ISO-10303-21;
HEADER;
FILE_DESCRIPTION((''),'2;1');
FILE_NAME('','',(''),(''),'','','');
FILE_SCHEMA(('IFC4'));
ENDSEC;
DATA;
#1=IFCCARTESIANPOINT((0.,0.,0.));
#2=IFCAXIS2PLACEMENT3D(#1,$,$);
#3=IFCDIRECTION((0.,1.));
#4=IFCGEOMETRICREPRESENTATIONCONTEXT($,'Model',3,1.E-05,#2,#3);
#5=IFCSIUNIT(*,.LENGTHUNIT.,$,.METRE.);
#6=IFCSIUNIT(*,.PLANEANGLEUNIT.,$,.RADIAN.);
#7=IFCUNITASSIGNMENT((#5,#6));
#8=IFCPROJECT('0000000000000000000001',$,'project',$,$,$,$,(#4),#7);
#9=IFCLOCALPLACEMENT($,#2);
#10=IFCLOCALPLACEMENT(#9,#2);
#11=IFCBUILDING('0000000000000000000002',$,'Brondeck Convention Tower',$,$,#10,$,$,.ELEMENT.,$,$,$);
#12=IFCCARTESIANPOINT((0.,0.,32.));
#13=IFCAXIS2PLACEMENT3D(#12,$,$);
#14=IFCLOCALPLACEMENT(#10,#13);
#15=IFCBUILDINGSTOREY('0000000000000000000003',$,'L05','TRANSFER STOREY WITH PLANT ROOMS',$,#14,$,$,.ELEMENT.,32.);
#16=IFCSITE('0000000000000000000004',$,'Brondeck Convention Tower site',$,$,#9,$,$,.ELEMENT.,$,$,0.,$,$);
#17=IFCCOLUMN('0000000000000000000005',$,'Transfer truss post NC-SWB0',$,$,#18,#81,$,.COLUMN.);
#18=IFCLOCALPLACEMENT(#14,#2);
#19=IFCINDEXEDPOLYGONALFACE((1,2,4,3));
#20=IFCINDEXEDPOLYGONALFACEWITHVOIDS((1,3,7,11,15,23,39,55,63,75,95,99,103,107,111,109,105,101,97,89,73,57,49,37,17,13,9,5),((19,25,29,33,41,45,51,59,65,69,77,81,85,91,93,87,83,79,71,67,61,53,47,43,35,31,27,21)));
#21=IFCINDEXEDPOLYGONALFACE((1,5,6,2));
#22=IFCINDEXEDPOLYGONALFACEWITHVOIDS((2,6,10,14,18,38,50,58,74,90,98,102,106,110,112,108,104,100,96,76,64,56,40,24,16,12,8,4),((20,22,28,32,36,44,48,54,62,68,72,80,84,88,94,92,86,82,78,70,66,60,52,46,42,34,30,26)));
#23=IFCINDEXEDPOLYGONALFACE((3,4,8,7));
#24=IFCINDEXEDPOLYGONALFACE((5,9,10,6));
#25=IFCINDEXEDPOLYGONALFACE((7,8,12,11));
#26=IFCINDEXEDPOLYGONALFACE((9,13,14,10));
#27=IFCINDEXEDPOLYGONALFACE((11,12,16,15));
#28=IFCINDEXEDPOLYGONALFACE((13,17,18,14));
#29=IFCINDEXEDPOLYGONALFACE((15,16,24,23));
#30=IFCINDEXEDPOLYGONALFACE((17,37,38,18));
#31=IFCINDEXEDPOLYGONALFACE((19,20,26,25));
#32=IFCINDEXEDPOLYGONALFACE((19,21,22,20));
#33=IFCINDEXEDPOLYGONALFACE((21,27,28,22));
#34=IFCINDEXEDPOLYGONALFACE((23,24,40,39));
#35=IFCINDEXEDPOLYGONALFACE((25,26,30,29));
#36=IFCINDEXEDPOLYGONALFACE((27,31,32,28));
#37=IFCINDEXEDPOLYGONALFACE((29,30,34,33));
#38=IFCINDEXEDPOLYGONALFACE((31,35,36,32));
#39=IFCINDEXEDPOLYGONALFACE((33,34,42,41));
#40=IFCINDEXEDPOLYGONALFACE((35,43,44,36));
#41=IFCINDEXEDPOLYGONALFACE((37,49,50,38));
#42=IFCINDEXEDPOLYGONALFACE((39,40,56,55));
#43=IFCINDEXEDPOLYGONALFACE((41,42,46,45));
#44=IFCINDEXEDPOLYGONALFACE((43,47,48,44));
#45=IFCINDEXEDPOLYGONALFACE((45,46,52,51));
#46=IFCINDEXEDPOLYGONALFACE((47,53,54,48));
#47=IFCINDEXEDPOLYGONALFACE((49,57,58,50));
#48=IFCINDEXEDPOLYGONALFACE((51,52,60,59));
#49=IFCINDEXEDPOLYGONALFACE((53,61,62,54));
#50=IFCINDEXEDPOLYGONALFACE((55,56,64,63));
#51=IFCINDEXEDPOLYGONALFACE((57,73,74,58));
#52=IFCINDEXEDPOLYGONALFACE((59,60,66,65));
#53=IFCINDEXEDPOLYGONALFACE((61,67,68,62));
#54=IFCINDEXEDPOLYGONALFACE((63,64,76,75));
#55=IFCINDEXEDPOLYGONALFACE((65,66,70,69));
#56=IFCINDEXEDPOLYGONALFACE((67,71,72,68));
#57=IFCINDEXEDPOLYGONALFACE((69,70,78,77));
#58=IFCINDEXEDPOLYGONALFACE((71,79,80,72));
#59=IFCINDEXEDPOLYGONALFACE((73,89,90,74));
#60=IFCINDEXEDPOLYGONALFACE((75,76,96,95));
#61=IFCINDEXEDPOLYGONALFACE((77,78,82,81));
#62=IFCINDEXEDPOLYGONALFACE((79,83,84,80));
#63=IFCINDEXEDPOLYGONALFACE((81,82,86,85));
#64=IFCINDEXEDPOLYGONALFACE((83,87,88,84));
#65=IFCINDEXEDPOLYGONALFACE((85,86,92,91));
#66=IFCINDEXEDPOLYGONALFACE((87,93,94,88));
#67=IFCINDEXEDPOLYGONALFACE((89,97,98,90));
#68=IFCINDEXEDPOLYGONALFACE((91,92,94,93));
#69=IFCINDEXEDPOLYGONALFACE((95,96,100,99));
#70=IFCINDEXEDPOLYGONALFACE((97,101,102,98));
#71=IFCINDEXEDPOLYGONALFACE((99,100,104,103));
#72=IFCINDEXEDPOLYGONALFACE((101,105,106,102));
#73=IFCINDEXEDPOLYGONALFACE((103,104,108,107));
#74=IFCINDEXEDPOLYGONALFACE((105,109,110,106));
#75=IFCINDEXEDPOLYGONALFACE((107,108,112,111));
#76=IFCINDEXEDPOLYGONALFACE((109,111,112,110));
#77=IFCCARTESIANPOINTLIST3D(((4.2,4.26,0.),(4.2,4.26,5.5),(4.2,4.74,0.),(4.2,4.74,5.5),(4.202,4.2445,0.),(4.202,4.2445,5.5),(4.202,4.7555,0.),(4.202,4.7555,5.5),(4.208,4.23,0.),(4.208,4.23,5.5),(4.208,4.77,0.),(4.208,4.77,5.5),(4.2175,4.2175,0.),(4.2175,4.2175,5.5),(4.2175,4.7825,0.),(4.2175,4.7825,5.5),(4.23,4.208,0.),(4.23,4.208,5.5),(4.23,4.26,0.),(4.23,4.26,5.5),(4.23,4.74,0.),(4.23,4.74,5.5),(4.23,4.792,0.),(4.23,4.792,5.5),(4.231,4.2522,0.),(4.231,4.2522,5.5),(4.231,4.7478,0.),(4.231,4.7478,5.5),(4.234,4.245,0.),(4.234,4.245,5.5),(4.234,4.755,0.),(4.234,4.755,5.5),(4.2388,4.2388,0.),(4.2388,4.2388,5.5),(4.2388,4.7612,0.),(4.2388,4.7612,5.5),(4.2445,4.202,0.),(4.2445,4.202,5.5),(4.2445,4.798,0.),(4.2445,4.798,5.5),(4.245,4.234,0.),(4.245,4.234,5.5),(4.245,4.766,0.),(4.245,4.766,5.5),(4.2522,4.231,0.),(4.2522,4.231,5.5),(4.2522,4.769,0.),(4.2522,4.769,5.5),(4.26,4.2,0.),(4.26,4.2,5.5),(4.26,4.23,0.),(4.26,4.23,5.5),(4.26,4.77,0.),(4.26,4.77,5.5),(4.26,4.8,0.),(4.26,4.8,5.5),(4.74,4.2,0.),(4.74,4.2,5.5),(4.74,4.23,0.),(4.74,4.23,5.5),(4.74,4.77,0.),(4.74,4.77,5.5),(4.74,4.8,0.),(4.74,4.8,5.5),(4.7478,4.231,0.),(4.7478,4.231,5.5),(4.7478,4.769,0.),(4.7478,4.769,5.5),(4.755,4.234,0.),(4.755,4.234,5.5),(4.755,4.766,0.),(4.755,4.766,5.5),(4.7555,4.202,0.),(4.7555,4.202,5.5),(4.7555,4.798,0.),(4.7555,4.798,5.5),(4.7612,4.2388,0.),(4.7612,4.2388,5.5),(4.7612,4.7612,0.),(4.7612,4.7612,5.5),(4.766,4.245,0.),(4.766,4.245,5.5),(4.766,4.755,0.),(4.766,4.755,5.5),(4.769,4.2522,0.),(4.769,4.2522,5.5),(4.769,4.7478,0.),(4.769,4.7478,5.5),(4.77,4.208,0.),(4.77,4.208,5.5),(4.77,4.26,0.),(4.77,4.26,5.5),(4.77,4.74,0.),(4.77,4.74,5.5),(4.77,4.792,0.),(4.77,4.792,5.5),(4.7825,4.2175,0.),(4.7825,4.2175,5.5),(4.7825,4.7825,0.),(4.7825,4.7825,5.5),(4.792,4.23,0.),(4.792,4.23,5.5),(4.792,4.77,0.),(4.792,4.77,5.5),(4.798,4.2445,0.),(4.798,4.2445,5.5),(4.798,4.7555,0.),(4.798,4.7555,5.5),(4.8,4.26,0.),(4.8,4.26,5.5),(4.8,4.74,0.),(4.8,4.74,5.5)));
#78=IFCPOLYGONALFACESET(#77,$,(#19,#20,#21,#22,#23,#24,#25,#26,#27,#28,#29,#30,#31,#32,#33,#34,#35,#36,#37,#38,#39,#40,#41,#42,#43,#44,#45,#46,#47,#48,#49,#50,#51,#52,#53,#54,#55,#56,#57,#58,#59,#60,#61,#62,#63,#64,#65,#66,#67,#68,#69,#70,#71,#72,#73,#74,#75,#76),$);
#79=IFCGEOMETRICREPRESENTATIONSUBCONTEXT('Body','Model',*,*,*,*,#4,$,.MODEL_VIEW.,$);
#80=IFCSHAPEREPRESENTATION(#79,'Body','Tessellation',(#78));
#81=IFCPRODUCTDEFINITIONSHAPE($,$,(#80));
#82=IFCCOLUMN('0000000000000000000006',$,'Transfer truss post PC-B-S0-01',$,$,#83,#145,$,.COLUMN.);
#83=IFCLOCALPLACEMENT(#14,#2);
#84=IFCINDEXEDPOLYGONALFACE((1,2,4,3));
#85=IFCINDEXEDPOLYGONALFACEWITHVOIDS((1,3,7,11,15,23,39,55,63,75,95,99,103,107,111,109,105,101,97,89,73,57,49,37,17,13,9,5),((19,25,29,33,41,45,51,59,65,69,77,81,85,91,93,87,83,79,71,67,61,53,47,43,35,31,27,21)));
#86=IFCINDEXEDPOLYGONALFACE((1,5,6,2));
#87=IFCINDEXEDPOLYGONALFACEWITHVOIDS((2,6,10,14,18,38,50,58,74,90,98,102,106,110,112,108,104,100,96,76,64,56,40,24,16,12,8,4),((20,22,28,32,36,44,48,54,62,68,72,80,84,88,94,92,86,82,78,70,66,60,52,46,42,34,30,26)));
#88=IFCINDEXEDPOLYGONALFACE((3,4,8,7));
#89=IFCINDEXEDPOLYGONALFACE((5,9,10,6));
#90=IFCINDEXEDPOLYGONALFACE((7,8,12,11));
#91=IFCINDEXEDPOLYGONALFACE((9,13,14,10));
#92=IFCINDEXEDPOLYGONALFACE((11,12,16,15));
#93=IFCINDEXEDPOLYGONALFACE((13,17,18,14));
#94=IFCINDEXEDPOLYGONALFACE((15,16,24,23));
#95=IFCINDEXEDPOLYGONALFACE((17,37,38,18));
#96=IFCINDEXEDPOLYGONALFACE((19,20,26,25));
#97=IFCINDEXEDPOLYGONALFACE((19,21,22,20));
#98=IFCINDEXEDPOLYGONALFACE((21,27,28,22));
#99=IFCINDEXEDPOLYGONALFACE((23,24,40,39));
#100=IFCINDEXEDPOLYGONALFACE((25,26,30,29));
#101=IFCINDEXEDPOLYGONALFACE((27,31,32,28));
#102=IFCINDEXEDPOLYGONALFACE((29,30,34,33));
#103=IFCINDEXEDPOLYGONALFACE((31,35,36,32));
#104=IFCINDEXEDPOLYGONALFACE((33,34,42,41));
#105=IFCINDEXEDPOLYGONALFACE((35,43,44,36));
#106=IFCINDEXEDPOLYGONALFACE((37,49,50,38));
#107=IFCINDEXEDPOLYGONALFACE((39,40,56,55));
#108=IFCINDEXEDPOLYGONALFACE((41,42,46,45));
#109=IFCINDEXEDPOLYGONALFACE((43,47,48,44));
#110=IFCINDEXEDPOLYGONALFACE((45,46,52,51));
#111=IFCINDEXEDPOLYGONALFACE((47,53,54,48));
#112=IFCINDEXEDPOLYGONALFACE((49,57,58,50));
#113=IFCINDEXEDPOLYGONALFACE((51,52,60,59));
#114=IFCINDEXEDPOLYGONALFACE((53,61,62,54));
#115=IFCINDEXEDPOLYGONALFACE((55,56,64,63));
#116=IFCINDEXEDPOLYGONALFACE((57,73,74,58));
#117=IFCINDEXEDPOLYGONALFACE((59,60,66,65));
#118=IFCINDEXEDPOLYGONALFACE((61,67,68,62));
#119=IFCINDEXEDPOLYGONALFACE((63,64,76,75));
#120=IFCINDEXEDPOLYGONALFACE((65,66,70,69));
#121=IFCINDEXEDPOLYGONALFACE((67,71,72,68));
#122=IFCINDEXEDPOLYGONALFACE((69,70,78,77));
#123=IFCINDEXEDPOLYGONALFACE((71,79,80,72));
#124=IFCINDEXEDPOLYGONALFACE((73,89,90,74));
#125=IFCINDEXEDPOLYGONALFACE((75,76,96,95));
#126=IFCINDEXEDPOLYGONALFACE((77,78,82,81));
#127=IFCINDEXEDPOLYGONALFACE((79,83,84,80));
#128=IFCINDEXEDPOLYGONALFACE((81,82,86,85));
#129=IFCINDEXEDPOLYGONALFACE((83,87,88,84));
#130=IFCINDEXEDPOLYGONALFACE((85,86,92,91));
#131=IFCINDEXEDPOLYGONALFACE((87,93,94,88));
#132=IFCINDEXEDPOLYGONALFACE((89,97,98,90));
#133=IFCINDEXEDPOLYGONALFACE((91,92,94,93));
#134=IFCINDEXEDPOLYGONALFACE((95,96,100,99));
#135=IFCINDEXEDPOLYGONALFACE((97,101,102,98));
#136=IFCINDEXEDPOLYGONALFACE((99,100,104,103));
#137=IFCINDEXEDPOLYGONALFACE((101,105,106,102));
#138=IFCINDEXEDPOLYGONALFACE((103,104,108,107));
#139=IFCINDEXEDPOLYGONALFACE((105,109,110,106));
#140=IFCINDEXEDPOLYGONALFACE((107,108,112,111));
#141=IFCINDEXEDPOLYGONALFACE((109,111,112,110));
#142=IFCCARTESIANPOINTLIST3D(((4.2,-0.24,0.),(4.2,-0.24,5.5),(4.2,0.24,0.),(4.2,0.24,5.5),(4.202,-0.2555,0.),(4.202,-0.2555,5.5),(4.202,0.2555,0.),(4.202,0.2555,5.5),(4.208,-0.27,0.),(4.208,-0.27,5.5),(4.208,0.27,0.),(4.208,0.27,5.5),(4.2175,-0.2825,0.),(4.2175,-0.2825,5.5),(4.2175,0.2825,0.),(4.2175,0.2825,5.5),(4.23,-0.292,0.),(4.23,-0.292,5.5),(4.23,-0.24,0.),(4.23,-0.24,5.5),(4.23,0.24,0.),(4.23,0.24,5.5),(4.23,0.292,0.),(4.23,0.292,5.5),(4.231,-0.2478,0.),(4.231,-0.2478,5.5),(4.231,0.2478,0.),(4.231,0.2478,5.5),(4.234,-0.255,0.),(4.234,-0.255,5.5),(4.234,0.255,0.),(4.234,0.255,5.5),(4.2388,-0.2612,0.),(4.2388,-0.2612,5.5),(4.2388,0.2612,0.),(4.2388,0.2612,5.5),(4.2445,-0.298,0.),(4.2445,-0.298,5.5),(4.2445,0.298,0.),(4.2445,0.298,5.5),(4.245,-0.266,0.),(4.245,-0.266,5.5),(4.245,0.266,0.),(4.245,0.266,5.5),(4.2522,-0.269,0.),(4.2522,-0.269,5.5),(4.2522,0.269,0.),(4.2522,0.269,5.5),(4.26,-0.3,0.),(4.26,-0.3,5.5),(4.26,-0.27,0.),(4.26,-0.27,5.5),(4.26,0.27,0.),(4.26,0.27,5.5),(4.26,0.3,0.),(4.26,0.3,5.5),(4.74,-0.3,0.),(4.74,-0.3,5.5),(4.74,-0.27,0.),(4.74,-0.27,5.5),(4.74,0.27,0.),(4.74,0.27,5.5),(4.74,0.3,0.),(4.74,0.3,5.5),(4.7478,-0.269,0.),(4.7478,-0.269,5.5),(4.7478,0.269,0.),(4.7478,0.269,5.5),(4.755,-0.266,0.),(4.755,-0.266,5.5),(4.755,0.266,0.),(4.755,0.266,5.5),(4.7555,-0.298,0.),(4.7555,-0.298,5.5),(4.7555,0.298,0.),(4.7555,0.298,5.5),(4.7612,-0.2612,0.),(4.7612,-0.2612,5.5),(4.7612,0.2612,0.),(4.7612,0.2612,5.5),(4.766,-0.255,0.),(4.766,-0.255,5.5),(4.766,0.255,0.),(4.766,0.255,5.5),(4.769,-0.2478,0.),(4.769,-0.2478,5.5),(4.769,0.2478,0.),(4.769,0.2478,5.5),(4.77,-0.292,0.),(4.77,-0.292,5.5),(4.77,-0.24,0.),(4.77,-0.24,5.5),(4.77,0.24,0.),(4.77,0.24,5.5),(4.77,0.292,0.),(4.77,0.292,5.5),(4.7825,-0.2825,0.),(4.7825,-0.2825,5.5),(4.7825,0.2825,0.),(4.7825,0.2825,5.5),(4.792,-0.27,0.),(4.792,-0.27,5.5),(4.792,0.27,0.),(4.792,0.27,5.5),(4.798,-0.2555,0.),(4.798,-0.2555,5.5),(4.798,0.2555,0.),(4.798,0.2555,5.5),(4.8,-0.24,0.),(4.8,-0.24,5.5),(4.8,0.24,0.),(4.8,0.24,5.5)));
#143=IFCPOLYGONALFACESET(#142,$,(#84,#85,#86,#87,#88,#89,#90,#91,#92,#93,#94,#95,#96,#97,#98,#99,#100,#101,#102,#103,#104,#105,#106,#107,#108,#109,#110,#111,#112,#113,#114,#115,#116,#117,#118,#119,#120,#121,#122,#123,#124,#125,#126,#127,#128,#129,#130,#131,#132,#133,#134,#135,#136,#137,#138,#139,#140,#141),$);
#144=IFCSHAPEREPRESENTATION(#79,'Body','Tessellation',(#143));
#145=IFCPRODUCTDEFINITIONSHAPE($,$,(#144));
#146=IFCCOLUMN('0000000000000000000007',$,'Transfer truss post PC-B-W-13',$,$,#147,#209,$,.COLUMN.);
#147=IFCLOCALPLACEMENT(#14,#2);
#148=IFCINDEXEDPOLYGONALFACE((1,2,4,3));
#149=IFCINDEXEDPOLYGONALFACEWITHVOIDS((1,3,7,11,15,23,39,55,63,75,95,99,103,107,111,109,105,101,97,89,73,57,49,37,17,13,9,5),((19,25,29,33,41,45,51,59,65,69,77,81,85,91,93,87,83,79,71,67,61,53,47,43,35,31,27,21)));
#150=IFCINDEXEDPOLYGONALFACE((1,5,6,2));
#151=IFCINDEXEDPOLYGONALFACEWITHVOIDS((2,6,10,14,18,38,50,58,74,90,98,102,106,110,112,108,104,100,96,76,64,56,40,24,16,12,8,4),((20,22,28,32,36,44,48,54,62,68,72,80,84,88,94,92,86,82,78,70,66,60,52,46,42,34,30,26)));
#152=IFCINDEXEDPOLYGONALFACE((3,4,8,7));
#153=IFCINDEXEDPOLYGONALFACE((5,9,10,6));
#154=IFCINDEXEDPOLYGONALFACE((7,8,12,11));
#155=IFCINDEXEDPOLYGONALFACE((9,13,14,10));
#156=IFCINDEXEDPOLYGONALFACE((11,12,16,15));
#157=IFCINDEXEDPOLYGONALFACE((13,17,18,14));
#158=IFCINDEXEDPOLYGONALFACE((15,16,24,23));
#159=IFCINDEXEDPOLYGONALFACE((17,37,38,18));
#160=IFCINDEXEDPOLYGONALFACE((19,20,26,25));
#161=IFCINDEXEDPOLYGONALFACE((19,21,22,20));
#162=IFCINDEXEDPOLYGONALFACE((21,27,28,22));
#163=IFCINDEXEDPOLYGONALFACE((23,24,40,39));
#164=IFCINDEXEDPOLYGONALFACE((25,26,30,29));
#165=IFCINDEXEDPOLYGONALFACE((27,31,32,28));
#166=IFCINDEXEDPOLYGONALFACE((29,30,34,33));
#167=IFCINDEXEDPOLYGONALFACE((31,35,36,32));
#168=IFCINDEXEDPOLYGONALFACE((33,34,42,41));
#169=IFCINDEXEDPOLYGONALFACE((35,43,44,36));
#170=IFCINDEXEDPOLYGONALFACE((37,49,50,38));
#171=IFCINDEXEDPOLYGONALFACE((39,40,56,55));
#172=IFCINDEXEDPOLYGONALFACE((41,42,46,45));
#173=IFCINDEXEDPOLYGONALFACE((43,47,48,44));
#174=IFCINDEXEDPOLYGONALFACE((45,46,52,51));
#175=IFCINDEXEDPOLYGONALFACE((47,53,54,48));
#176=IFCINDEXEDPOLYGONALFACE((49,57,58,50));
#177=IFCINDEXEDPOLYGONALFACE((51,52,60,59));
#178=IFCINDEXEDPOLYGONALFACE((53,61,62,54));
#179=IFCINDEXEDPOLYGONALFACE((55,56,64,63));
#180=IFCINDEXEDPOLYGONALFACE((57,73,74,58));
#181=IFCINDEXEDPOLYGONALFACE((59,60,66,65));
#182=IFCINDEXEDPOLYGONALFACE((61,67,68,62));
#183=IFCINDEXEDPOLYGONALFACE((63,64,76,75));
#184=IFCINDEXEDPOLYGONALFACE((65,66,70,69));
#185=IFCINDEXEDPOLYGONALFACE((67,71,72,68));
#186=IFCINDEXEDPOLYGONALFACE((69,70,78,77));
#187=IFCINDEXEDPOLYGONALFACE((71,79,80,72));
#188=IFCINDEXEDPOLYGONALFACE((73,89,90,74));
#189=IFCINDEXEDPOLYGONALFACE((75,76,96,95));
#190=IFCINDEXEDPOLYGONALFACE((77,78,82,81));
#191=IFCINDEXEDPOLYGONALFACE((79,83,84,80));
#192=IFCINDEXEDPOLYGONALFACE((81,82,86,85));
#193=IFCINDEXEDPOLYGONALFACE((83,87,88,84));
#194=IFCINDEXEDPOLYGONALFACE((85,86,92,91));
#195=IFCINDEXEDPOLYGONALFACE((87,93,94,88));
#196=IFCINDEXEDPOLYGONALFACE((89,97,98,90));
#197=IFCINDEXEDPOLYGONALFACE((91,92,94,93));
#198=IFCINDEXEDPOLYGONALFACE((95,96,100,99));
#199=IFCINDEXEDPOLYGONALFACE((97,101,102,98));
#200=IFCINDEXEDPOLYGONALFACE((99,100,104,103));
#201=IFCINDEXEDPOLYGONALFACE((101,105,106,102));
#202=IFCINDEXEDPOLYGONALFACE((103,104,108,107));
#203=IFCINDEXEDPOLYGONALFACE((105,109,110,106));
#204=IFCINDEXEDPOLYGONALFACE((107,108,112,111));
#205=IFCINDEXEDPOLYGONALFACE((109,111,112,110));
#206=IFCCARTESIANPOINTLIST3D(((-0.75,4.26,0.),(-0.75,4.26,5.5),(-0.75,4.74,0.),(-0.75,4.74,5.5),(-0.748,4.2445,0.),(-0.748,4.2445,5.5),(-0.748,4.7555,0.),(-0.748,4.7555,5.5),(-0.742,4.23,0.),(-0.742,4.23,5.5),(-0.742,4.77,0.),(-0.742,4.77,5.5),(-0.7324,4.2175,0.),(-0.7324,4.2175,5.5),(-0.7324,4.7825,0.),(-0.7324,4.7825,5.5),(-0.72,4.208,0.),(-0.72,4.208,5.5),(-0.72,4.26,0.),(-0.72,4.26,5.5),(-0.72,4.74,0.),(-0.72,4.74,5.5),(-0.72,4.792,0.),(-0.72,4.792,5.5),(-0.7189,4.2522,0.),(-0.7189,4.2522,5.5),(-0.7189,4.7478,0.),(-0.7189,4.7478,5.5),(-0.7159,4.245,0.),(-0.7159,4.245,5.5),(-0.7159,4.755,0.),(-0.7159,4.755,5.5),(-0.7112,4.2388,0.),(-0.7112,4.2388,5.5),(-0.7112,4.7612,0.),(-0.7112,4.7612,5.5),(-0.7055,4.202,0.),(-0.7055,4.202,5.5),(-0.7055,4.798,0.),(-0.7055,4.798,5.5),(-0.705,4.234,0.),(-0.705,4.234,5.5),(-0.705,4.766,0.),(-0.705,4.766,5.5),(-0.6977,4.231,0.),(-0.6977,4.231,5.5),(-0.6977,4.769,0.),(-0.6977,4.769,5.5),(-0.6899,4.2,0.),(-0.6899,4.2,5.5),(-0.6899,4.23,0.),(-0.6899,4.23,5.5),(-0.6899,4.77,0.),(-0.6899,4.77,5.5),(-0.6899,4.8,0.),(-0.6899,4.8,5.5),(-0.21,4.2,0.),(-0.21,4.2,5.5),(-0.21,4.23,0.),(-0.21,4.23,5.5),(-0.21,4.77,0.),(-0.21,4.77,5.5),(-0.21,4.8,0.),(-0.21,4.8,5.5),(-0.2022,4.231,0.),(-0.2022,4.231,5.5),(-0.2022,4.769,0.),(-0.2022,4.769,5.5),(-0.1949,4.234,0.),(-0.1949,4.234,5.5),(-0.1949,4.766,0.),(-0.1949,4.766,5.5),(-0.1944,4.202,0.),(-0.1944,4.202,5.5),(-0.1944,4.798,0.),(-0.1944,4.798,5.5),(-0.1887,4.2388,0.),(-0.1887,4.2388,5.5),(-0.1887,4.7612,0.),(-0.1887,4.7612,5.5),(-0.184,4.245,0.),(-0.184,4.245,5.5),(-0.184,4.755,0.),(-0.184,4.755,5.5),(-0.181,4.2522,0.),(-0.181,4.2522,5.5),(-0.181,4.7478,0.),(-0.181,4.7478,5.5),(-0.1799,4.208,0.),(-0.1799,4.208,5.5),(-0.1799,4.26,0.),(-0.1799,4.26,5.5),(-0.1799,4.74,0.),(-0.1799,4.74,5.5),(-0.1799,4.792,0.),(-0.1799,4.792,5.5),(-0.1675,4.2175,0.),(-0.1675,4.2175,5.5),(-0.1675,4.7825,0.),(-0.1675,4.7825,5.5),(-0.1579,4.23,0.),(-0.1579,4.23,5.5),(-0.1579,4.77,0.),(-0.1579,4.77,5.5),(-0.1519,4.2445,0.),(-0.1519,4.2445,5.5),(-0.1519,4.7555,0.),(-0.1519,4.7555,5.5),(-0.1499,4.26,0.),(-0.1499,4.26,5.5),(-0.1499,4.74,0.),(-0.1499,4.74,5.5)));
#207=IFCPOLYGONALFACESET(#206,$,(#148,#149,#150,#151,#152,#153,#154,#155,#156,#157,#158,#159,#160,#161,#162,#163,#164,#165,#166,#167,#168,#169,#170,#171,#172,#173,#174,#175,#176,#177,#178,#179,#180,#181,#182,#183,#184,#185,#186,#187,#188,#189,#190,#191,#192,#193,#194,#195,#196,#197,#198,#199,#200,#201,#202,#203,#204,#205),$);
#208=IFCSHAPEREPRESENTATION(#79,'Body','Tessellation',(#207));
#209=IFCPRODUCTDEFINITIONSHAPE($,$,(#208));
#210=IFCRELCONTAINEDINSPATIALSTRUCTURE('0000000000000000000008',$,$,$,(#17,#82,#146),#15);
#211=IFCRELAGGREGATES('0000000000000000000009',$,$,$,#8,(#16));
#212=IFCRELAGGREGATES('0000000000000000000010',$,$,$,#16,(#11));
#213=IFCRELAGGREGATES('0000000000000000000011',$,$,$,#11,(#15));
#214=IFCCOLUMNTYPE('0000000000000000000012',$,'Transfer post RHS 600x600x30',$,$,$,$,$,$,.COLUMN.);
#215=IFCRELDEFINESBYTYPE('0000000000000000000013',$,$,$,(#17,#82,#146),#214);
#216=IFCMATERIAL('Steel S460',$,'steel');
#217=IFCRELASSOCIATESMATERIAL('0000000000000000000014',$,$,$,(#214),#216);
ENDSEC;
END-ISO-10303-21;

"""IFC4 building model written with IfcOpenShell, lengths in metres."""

from ifc_helpers import new_model, si_unit, direction, frame, origin, origin_2d, place, context, subcontext, project, spatial, hollow_rectangle, extrude, material, material_profile, profile_set, type_object, element, save


model = new_model("IFC4")

# Units and contexts
model_context = context("Model", 3, precision=1e-05, world=origin(), true_north=direction((0.0, 1.0)))
body_context = subcontext(model_context, "Body", "Model", "MODEL_VIEW")
ifc_project = project(units=[si_unit("LENGTHUNIT", "METRE"), si_unit("PLANEANGLEUNIT", "RADIAN")], contexts=[model_context])

# Site, building, storey
site_placement = place(None, origin())
site = spatial("IfcSite", under=ifc_project, at=site_placement, Name="Brondeck Convention Tower site", CompositionType="ELEMENT", RefElevation=0.0)
building_placement = place(site_placement, origin())
building = spatial("IfcBuilding", under=site, at=building_placement, Name="Brondeck Convention Tower", CompositionType="ELEMENT")
storey_placement = place(building_placement, frame((0.0, 0.0, 32.0)))
storey = spatial("IfcBuildingStorey", under=building, at=storey_placement, Name="L05", Description="TRANSFER STOREY WITH PLANT ROOMS", CompositionType="ELEMENT", Elevation=32.0)

# Columns
ifc_material_1 = material(Name="Steel S460", Category="steel")
ifc_material_profile_1 = material_profile(ifc_material_1, hollow_rectangle(XDim=0.6001, YDim=0.6001, WallThickness=0.03, InnerFilletRadius=0.03, OuterFilletRadius=0.0601, at=origin_2d()), Name="RHS 600x600x30")
ifc_profile_set_1 = profile_set([ifc_material_profile_1], Name="Steel S460")
column_type = type_object("IfcColumnType", Name="Transfer post RHS 600x600x30", PredefinedType="COLUMN", material=ifc_profile_set_1)
for number, where, z_axis, x_axis, name in (
    (1, (4.5, 4.5, 0.0), (0.0, 0.0, 1.0), (1.0, 0.0, 0.0), "Transfer truss post NC-SWB0"),
    (2, (4.5, 0.0, 0.0), (0.0, 0.0, 1.0), (1.0, 0.0, 0.0), "Transfer truss post PC-B-S0-01"),
    (3, (-0.45, 4.5, 0.0), (0.0, 0.0, 1.0), (1.0, 0.0, 0.0), "Transfer truss post PC-B-W-13"),
):
    element("IfcColumn", number, at=place(storey_placement, frame(where, z_axis=z_axis, x_axis=x_axis)), inside=storey, type_object=column_type, Name=name, PredefinedType="COLUMN", context=body_context, shape_type="SweptSolid", body=[
        extrude(hollow_rectangle(XDim=0.6001, YDim=0.6001, WallThickness=0.03, InnerFilletRadius=0.03, OuterFilletRadius=0.0601, at=origin_2d()), origin(), (0.0, 0.0, 1.0), 5.5),
    ])

save(model, "model.ifc")
